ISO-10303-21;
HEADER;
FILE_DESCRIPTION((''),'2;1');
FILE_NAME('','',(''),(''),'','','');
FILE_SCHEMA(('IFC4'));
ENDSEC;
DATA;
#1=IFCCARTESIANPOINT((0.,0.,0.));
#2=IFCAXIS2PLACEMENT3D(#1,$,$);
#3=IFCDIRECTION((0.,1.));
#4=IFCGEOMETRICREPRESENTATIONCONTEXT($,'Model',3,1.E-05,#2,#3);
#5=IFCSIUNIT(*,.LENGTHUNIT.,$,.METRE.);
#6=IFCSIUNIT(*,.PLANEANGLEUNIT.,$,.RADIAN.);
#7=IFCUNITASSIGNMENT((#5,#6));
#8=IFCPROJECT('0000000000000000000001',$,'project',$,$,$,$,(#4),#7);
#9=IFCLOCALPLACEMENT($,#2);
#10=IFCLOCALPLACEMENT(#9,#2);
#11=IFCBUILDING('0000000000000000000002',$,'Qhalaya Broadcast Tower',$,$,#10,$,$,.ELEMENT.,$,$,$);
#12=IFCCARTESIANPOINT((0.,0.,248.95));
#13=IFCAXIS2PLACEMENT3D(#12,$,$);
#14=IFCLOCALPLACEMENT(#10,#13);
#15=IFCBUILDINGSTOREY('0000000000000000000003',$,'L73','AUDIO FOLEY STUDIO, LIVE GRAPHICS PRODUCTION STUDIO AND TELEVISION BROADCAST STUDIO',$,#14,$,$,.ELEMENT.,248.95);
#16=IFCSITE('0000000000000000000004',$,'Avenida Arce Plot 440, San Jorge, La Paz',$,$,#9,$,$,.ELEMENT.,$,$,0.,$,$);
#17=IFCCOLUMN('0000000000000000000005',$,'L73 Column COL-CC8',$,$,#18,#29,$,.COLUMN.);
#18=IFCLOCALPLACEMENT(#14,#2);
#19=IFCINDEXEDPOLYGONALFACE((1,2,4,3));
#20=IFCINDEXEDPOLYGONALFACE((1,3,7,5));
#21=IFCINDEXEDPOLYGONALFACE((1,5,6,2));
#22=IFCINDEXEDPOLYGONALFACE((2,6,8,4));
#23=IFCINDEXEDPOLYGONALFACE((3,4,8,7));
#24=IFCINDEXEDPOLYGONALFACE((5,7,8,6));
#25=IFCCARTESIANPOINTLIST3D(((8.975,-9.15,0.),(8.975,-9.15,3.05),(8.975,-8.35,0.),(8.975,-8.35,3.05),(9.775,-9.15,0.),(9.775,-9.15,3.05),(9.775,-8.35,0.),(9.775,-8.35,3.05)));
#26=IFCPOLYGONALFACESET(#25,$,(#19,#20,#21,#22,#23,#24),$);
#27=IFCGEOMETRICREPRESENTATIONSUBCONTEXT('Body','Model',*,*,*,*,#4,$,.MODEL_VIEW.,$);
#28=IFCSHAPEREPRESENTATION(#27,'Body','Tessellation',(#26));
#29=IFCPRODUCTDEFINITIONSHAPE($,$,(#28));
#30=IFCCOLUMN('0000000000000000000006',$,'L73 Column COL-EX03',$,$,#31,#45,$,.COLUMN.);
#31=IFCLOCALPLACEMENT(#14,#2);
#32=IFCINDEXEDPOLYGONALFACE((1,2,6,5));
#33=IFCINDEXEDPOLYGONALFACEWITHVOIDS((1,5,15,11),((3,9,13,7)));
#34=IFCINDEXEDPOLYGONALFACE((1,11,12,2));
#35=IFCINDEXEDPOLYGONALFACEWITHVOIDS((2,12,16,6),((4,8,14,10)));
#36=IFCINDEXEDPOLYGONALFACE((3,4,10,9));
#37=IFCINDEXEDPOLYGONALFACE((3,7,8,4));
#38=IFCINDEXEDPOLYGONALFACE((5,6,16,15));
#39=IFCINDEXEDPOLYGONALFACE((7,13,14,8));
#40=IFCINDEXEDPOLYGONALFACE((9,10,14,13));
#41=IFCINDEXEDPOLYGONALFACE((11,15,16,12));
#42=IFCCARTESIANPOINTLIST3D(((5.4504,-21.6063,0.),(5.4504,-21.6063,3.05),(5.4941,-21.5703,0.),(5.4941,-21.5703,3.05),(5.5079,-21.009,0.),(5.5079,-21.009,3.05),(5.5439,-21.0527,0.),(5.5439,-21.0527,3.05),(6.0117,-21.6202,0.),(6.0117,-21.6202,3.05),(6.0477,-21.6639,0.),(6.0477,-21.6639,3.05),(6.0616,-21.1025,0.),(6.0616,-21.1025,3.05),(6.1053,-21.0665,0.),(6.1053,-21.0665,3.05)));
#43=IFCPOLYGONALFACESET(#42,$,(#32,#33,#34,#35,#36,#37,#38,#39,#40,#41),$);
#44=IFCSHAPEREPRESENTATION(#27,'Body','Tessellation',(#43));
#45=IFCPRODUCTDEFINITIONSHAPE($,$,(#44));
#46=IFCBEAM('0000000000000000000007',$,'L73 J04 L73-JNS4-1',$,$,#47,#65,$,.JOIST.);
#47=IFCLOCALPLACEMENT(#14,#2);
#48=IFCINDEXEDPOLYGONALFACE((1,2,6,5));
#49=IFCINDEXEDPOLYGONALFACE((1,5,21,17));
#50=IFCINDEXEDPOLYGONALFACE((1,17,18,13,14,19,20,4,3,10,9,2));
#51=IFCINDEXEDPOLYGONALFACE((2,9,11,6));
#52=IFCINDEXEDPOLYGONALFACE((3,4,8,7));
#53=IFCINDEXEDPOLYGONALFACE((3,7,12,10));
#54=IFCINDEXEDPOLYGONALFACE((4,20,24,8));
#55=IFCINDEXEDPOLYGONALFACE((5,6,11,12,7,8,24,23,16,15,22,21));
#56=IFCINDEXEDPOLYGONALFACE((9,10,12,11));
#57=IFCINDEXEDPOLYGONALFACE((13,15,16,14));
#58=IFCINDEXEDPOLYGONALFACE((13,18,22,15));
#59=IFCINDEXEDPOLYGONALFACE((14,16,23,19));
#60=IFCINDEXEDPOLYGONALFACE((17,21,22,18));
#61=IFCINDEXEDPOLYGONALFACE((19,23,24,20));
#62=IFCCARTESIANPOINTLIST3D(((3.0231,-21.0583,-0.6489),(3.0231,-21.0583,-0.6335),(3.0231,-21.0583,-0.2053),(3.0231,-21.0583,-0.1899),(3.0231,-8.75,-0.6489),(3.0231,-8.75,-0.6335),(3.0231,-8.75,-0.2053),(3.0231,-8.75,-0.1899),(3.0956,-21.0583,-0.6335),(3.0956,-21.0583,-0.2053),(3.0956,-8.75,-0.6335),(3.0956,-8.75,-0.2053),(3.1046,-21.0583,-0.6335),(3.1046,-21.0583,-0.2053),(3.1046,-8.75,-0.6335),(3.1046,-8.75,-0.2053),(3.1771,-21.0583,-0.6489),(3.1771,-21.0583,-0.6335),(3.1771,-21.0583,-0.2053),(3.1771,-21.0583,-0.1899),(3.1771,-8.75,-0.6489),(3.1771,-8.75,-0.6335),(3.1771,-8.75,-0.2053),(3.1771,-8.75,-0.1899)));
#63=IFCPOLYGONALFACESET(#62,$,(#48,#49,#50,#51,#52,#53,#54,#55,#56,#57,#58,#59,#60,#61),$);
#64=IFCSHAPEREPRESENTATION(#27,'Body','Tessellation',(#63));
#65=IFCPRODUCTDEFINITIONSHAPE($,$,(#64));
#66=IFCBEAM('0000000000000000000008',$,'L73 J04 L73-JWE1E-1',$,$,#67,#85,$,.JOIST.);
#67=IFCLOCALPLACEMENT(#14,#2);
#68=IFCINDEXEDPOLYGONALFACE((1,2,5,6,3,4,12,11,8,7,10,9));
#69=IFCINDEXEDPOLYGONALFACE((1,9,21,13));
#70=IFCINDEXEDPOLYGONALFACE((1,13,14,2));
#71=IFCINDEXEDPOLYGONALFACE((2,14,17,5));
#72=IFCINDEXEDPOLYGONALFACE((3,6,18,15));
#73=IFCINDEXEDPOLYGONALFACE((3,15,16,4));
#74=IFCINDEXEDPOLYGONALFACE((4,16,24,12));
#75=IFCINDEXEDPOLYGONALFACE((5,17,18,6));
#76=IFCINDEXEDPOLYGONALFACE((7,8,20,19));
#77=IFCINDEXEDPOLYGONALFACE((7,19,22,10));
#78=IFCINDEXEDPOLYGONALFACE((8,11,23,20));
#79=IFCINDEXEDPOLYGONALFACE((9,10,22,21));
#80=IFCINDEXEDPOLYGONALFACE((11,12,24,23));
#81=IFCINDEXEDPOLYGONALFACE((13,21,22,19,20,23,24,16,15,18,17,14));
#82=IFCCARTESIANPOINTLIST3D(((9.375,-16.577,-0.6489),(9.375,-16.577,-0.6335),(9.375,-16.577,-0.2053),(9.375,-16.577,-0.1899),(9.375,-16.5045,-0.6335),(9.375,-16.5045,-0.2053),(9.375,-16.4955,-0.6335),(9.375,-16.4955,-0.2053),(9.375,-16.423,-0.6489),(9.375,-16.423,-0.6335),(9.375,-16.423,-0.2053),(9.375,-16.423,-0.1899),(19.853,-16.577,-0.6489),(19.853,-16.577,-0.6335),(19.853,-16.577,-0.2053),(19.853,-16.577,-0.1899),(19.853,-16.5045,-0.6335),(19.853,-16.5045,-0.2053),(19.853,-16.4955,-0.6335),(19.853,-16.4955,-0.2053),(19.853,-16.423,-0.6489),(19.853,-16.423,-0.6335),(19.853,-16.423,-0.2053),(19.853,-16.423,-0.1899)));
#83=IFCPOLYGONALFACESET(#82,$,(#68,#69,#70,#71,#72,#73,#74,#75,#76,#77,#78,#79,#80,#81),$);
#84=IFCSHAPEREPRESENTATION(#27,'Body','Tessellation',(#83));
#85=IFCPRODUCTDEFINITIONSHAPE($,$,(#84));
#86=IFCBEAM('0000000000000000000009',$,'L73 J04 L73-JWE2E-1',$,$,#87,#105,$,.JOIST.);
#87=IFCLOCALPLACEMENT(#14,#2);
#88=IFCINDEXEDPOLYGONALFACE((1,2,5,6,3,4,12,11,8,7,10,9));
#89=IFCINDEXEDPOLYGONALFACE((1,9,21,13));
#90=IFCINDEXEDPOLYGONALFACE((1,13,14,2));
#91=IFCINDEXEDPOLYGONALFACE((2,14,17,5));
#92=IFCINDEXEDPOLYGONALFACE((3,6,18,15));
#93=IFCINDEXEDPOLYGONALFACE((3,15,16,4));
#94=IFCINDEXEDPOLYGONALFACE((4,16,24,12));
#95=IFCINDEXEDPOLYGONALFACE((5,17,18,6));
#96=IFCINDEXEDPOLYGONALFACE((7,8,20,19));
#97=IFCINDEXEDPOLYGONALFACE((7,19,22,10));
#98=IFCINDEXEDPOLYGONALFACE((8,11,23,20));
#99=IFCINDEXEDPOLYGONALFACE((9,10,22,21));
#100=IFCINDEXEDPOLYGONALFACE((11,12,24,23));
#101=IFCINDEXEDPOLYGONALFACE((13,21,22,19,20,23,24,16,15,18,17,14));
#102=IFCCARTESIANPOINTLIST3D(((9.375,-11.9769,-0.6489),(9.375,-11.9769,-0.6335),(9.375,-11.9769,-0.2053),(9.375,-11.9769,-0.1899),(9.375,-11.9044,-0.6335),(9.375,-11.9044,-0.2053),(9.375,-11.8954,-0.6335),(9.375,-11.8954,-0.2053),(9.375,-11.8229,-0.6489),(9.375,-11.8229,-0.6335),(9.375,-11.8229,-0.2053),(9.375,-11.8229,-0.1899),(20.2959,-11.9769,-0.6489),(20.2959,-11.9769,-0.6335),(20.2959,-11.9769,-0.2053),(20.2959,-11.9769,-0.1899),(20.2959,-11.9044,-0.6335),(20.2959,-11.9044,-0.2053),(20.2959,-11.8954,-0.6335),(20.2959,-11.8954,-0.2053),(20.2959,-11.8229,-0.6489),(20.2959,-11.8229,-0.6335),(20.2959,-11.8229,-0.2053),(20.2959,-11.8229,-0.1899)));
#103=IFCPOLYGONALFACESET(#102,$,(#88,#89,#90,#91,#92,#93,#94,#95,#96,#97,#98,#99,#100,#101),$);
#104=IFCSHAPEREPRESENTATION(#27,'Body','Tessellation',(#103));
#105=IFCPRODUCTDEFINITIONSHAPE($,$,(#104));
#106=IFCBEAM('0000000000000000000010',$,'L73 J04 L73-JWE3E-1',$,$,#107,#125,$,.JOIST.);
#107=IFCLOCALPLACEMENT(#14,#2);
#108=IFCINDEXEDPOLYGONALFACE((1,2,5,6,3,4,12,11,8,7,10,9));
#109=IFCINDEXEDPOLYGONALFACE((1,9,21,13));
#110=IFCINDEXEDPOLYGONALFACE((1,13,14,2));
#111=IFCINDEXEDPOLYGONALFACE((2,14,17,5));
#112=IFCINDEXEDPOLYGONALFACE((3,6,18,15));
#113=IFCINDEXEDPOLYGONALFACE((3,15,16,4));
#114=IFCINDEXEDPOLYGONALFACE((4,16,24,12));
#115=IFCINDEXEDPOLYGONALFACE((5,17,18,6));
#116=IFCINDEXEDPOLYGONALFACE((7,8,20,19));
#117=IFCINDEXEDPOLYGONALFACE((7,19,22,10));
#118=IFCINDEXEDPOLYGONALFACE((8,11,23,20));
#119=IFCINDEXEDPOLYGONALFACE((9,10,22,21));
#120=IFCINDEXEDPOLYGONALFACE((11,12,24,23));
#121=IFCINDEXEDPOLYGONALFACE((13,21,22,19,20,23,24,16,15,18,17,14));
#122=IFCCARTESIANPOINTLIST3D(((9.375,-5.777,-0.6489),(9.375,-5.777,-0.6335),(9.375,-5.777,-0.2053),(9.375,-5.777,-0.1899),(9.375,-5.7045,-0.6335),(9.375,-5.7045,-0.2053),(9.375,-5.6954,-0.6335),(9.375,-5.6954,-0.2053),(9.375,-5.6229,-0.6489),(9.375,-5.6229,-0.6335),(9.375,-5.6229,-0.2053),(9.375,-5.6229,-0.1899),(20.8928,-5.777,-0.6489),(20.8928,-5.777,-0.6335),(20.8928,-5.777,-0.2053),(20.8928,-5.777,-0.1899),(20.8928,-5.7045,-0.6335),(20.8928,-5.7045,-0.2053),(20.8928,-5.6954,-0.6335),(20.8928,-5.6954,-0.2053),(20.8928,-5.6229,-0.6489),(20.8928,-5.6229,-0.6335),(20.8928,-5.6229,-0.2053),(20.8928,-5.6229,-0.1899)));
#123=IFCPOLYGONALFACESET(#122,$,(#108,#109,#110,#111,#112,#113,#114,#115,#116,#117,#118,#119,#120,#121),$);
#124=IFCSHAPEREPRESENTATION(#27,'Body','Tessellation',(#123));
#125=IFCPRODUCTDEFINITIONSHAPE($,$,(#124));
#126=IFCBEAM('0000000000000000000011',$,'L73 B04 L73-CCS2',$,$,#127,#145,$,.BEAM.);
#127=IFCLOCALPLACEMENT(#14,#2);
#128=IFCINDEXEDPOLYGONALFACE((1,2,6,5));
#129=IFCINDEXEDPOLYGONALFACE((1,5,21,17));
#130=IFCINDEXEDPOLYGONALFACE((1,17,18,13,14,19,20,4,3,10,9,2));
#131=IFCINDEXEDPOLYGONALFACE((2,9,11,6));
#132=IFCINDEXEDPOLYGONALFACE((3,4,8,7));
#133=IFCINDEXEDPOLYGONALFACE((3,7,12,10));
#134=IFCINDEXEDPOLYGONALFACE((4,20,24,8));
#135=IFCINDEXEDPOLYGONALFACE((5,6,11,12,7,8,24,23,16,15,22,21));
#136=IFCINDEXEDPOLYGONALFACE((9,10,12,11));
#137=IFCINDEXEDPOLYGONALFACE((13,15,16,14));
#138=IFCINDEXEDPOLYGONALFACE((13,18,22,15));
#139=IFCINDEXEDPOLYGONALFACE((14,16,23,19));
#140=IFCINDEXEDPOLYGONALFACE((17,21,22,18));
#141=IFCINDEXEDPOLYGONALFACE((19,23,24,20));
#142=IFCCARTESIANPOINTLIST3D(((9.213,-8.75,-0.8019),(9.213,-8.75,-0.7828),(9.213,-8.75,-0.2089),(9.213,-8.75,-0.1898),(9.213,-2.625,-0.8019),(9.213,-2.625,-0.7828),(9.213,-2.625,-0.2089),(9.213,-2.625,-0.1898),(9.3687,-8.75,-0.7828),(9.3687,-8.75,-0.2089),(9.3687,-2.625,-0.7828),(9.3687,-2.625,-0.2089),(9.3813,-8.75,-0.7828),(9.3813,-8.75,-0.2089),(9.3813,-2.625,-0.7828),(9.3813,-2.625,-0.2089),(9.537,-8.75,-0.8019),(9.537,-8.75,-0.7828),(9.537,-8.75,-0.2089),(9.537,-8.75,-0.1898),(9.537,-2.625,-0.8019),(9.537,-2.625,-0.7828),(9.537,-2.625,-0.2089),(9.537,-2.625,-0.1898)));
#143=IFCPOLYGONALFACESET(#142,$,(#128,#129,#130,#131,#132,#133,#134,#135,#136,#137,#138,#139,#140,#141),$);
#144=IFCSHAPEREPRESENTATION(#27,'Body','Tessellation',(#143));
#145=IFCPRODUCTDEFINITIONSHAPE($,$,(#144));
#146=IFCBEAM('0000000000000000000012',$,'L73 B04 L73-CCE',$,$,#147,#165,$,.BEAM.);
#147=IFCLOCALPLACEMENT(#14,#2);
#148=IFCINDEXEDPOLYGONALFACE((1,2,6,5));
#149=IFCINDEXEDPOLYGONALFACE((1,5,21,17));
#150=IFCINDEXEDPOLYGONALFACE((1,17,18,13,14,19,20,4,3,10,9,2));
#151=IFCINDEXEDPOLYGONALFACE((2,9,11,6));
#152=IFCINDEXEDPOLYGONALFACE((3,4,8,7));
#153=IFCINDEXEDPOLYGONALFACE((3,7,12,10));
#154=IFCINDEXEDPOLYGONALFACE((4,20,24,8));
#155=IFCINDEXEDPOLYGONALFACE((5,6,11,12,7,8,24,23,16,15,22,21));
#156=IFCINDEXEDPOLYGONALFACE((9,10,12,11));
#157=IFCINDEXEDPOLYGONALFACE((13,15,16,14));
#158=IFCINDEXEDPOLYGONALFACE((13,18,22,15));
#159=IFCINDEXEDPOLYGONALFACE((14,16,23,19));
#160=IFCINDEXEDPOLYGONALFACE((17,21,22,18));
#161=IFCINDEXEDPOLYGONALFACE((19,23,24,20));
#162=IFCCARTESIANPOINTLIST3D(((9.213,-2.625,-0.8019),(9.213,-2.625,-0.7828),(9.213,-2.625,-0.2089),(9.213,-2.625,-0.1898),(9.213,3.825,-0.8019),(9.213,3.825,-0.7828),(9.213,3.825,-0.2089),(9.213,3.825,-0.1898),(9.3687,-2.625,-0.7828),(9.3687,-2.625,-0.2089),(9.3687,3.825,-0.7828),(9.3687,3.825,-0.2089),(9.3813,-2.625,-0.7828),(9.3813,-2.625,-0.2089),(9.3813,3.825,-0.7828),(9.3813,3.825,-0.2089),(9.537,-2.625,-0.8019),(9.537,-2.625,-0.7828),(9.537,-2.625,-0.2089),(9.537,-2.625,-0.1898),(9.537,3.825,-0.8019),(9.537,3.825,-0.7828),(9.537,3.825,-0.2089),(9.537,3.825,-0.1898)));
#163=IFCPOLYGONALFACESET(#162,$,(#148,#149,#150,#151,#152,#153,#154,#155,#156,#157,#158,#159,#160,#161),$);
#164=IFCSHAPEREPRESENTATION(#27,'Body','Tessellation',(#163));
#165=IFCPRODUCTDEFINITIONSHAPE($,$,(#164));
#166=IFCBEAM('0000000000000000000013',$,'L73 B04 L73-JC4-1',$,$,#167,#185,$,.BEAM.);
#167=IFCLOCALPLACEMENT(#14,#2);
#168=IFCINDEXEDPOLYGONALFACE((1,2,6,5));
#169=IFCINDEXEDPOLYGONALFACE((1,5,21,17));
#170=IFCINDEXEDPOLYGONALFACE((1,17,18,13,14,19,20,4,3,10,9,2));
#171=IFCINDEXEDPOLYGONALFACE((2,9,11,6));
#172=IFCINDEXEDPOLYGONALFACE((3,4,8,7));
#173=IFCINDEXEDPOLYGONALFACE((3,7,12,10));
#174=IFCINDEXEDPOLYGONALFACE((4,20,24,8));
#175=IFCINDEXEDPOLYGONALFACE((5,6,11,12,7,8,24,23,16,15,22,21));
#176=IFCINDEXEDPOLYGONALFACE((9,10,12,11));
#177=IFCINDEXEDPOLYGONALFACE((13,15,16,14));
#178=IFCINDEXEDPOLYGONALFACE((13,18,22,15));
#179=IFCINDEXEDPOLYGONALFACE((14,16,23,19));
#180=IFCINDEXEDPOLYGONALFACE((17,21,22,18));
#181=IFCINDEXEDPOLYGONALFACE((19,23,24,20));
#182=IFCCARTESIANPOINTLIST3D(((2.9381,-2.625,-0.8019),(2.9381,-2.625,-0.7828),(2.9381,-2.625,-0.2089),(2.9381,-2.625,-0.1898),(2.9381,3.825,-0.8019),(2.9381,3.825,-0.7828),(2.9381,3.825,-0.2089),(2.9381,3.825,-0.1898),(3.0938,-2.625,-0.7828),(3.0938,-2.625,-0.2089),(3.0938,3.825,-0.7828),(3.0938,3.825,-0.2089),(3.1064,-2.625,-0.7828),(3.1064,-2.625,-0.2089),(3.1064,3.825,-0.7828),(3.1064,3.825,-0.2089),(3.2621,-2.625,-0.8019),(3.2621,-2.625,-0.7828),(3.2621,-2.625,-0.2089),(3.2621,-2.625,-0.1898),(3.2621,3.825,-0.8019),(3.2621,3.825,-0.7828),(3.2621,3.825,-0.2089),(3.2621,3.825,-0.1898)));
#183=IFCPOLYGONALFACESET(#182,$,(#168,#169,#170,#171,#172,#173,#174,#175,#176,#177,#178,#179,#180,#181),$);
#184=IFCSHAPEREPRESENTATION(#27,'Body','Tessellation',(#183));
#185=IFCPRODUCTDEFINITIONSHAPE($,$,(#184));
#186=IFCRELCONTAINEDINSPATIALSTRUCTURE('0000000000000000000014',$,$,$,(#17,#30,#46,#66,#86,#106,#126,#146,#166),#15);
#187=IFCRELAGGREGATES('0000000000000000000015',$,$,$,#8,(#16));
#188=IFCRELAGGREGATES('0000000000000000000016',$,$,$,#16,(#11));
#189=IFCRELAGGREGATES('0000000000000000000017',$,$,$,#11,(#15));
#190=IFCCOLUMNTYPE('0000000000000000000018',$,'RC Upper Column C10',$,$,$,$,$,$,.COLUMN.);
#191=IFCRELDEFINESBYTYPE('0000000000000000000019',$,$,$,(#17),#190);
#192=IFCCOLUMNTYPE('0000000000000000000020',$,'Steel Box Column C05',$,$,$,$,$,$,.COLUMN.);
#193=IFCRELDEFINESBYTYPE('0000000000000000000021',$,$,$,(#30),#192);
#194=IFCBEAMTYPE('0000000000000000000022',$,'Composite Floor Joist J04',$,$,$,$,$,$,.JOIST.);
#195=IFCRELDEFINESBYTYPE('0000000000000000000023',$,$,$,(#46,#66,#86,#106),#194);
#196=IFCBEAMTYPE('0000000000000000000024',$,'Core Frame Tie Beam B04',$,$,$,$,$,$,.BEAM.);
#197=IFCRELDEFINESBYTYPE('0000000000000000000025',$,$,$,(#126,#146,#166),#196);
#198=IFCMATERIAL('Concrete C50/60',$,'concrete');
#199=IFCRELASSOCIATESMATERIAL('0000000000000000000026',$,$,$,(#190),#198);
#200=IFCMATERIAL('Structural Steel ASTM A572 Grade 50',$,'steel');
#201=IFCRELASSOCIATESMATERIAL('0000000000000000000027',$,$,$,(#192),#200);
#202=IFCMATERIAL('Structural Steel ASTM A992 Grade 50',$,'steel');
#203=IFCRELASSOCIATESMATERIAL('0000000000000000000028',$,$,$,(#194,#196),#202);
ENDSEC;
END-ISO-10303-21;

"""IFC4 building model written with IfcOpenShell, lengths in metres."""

from ifc_helpers import new_model, si_unit, direction, frame, origin, origin_2d, place, context, subcontext, project, spatial, rectangle, hollow_rectangle, i_section, extrude, material, material_profile, profile_set, type_object, element, save


model = new_model("IFC4")

# Units and contexts
model_context = context("Model", 3, precision=1e-05, world=origin(), true_north=direction((0.0, 1.0)))
body_context = subcontext(model_context, "Body", "Model", "MODEL_VIEW")
ifc_project = project(units=[si_unit("LENGTHUNIT", "METRE"), si_unit("PLANEANGLEUNIT", "RADIAN")], contexts=[model_context])

# Site, building, storey
site_placement = place(None, origin())
site = spatial("IfcSite", under=ifc_project, at=site_placement, Name="Avenida Arce Plot 440, San Jorge, La Paz", CompositionType="ELEMENT", RefElevation=0.0)
building_placement = place(site_placement, origin())
building = spatial("IfcBuilding", under=site, at=building_placement, Name="Qhalaya Broadcast Tower", CompositionType="ELEMENT")
storey_placement = place(building_placement, frame((0.0, 0.0, 248.95)))
storey = spatial("IfcBuildingStorey", under=building, at=storey_placement, Name="L73", Description="AUDIO FOLEY STUDIO, LIVE GRAPHICS PRODUCTION STUDIO AND TELEVISION BROADCAST STUDIO", CompositionType="ELEMENT", Elevation=248.95)

# Columns
ifc_material_1 = material(Name="Concrete C50/60", Category="concrete")
ifc_material_profile_1 = material_profile(ifc_material_1, rectangle(XDim=0.8, YDim=0.8, at=origin_2d()), Name="RC-COL 800x800")
ifc_profile_set_1 = profile_set([ifc_material_profile_1], Name="Concrete C50/60")
column_type_1 = type_object("IfcColumnType", Name="RC Upper Column C10", PredefinedType="COLUMN", material=ifc_profile_set_1)
column_1_placement = place(storey_placement, frame((9.375, -8.75, 0.0), z_axis=(0.0, 0.0, 1.0), x_axis=(1.0, 0.0, 0.0)))
element("IfcColumn", 1, at=column_1_placement, inside=storey, type_object=column_type_1, Name="L73 Column COL-CC8", PredefinedType="COLUMN", context=body_context, shape_type="SweptSolid", body=[
    extrude(rectangle(XDim=0.8, YDim=0.8, at=origin_2d()), origin(), (0.0, 0.0, 1.0), 3.05),
])
ifc_material_2 = material(Name="Structural Steel ASTM A572 Grade 50", Category="steel")
ifc_material_profile_2 = material_profile(ifc_material_2, hollow_rectangle(XDim=0.6001, YDim=0.6001, WallThickness=0.04, at=origin_2d()), Name="BOX 600x600x40")
ifc_profile_set_2 = profile_set([ifc_material_profile_2], Name="Structural Steel ASTM A572 Grade 50")
column_type_2 = type_object("IfcColumnType", Name="Steel Box Column C05", PredefinedType="COLUMN", material=ifc_profile_set_2)
column_2_placement = place(storey_placement, frame((5.7778, -21.3364, 0.0), z_axis=(0.0, 0.0, 1.0), x_axis=(0.995396, -0.095846, 0.0)))
element("IfcColumn", 2, at=column_2_placement, inside=storey, type_object=column_type_2, Name="L73 Column COL-EX03", PredefinedType="COLUMN", context=body_context, shape_type="SweptSolid", body=[
    extrude(hollow_rectangle(XDim=0.6001, YDim=0.6001, WallThickness=0.04, at=origin_2d()), origin(), (0.0, 0.0, 1.0), 3.05),
])

# Beams
ifc_material_3 = material(Name="Structural Steel ASTM A992 Grade 50", Category="steel")
ifc_material_profile_3 = material_profile(ifc_material_3, i_section(OverallWidth=0.1541, OverallDepth=0.459, WebThickness=0.009, FlangeThickness=0.0154, at=origin_2d()), Name="W18X46")
ifc_profile_set_3 = profile_set([ifc_material_profile_3], Name="Structural Steel ASTM A992 Grade 50")
beam_type_1 = type_object("IfcBeamType", Name="Composite Floor Joist J04", PredefinedType="JOIST", material=ifc_profile_set_3)
beam_1_placement = place(storey_placement, frame((3.1001, -21.0583, -0.4194), z_axis=(0.0, 1.0, 0.0), x_axis=(-1.0, 0.0, 0.0)))
element("IfcBeam", 3, at=beam_1_placement, inside=storey, type_object=beam_type_1, Name="L73 J04 L73-JNS4-1", PredefinedType="JOIST", context=body_context, shape_type="SweptSolid", body=[
    extrude(i_section(OverallWidth=0.1541, OverallDepth=0.459, WebThickness=0.009, FlangeThickness=0.0154, at=origin_2d()), origin(), (0.0, 0.0, 1.0), 12.3083),
])
beam_2_placement = place(storey_placement, frame((9.375, -16.5, -0.4194), z_axis=(1.0, 0.0, 0.0), x_axis=(0.0, 1.0, 0.0)))
element("IfcBeam", 4, at=beam_2_placement, inside=storey, type_object=beam_type_1, Name="L73 J04 L73-JWE1E-1", PredefinedType="JOIST", context=body_context, shape_type="SweptSolid", body=[
    extrude(i_section(OverallWidth=0.1541, OverallDepth=0.459, WebThickness=0.009, FlangeThickness=0.0154, at=origin_2d()), origin(), (0.0, 0.0, 1.0), 10.478),
])
beam_3_placement = place(storey_placement, frame((9.375, -11.8999, -0.4194), z_axis=(1.0, 0.0, 0.0), x_axis=(0.0, 1.0, 0.0)))
element("IfcBeam", 5, at=beam_3_placement, inside=storey, type_object=beam_type_1, Name="L73 J04 L73-JWE2E-1", PredefinedType="JOIST", context=body_context, shape_type="SweptSolid", body=[
    extrude(i_section(OverallWidth=0.1541, OverallDepth=0.459, WebThickness=0.009, FlangeThickness=0.0154, at=origin_2d()), origin(), (0.0, 0.0, 1.0), 10.9209),
])
beam_4_placement = place(storey_placement, frame((9.375, -5.7, -0.4194), z_axis=(1.0, 0.0, 0.0), x_axis=(0.0, 1.0, 0.0)))
element("IfcBeam", 6, at=beam_4_placement, inside=storey, type_object=beam_type_1, Name="L73 J04 L73-JWE3E-1", PredefinedType="JOIST", context=body_context, shape_type="SweptSolid", body=[
    extrude(i_section(OverallWidth=0.1541, OverallDepth=0.459, WebThickness=0.009, FlangeThickness=0.0154, at=origin_2d()), origin(), (0.0, 0.0, 1.0), 11.5178),
])
ifc_material_profile_4 = material_profile(ifc_material_3, i_section(OverallWidth=0.324, OverallDepth=0.6121, WebThickness=0.0127, FlangeThickness=0.019, at=origin_2d()), Name="W24X104")
ifc_profile_set_4 = profile_set([ifc_material_profile_4], Name="Structural Steel ASTM A992 Grade 50")
beam_type_2 = type_object("IfcBeamType", Name="Core Frame Tie Beam B04", PredefinedType="BEAM", material=ifc_profile_set_4)
beam_5_placement = place(storey_placement, frame((9.375, -8.75, -0.4958), z_axis=(0.0, 1.0, 0.0), x_axis=(-1.0, 0.0, 0.0)))
element("IfcBeam", 7, at=beam_5_placement, inside=storey, type_object=beam_type_2, Name="L73 B04 L73-CCS2", PredefinedType="BEAM", context=body_context, shape_type="SweptSolid", body=[
    extrude(i_section(OverallWidth=0.324, OverallDepth=0.6121, WebThickness=0.0127, FlangeThickness=0.019, at=origin_2d()), origin(), (0.0, 0.0, 1.0), 6.125),
])
for number, where, z_axis, x_axis, name in (
    (8, (9.375, -2.625, -0.4958), (0.0, 1.0, 0.0), (-1.0, 0.0, 0.0), "L73 B04 L73-CCE"),
    (9, (3.1001, -2.625, -0.4958), (0.0, 1.0, 0.0), (-1.0, 0.0, 0.0), "L73 B04 L73-JC4-1"),
):
    element("IfcBeam", number, at=place(storey_placement, frame(where, z_axis=z_axis, x_axis=x_axis)), inside=storey, type_object=beam_type_2, Name=name, PredefinedType="BEAM", context=body_context, shape_type="SweptSolid", body=[
        extrude(i_section(OverallWidth=0.324, OverallDepth=0.6121, WebThickness=0.0127, FlangeThickness=0.019, at=origin_2d()), origin(), (0.0, 0.0, 1.0), 6.45),
    ])

save(model, "model.ifc")
